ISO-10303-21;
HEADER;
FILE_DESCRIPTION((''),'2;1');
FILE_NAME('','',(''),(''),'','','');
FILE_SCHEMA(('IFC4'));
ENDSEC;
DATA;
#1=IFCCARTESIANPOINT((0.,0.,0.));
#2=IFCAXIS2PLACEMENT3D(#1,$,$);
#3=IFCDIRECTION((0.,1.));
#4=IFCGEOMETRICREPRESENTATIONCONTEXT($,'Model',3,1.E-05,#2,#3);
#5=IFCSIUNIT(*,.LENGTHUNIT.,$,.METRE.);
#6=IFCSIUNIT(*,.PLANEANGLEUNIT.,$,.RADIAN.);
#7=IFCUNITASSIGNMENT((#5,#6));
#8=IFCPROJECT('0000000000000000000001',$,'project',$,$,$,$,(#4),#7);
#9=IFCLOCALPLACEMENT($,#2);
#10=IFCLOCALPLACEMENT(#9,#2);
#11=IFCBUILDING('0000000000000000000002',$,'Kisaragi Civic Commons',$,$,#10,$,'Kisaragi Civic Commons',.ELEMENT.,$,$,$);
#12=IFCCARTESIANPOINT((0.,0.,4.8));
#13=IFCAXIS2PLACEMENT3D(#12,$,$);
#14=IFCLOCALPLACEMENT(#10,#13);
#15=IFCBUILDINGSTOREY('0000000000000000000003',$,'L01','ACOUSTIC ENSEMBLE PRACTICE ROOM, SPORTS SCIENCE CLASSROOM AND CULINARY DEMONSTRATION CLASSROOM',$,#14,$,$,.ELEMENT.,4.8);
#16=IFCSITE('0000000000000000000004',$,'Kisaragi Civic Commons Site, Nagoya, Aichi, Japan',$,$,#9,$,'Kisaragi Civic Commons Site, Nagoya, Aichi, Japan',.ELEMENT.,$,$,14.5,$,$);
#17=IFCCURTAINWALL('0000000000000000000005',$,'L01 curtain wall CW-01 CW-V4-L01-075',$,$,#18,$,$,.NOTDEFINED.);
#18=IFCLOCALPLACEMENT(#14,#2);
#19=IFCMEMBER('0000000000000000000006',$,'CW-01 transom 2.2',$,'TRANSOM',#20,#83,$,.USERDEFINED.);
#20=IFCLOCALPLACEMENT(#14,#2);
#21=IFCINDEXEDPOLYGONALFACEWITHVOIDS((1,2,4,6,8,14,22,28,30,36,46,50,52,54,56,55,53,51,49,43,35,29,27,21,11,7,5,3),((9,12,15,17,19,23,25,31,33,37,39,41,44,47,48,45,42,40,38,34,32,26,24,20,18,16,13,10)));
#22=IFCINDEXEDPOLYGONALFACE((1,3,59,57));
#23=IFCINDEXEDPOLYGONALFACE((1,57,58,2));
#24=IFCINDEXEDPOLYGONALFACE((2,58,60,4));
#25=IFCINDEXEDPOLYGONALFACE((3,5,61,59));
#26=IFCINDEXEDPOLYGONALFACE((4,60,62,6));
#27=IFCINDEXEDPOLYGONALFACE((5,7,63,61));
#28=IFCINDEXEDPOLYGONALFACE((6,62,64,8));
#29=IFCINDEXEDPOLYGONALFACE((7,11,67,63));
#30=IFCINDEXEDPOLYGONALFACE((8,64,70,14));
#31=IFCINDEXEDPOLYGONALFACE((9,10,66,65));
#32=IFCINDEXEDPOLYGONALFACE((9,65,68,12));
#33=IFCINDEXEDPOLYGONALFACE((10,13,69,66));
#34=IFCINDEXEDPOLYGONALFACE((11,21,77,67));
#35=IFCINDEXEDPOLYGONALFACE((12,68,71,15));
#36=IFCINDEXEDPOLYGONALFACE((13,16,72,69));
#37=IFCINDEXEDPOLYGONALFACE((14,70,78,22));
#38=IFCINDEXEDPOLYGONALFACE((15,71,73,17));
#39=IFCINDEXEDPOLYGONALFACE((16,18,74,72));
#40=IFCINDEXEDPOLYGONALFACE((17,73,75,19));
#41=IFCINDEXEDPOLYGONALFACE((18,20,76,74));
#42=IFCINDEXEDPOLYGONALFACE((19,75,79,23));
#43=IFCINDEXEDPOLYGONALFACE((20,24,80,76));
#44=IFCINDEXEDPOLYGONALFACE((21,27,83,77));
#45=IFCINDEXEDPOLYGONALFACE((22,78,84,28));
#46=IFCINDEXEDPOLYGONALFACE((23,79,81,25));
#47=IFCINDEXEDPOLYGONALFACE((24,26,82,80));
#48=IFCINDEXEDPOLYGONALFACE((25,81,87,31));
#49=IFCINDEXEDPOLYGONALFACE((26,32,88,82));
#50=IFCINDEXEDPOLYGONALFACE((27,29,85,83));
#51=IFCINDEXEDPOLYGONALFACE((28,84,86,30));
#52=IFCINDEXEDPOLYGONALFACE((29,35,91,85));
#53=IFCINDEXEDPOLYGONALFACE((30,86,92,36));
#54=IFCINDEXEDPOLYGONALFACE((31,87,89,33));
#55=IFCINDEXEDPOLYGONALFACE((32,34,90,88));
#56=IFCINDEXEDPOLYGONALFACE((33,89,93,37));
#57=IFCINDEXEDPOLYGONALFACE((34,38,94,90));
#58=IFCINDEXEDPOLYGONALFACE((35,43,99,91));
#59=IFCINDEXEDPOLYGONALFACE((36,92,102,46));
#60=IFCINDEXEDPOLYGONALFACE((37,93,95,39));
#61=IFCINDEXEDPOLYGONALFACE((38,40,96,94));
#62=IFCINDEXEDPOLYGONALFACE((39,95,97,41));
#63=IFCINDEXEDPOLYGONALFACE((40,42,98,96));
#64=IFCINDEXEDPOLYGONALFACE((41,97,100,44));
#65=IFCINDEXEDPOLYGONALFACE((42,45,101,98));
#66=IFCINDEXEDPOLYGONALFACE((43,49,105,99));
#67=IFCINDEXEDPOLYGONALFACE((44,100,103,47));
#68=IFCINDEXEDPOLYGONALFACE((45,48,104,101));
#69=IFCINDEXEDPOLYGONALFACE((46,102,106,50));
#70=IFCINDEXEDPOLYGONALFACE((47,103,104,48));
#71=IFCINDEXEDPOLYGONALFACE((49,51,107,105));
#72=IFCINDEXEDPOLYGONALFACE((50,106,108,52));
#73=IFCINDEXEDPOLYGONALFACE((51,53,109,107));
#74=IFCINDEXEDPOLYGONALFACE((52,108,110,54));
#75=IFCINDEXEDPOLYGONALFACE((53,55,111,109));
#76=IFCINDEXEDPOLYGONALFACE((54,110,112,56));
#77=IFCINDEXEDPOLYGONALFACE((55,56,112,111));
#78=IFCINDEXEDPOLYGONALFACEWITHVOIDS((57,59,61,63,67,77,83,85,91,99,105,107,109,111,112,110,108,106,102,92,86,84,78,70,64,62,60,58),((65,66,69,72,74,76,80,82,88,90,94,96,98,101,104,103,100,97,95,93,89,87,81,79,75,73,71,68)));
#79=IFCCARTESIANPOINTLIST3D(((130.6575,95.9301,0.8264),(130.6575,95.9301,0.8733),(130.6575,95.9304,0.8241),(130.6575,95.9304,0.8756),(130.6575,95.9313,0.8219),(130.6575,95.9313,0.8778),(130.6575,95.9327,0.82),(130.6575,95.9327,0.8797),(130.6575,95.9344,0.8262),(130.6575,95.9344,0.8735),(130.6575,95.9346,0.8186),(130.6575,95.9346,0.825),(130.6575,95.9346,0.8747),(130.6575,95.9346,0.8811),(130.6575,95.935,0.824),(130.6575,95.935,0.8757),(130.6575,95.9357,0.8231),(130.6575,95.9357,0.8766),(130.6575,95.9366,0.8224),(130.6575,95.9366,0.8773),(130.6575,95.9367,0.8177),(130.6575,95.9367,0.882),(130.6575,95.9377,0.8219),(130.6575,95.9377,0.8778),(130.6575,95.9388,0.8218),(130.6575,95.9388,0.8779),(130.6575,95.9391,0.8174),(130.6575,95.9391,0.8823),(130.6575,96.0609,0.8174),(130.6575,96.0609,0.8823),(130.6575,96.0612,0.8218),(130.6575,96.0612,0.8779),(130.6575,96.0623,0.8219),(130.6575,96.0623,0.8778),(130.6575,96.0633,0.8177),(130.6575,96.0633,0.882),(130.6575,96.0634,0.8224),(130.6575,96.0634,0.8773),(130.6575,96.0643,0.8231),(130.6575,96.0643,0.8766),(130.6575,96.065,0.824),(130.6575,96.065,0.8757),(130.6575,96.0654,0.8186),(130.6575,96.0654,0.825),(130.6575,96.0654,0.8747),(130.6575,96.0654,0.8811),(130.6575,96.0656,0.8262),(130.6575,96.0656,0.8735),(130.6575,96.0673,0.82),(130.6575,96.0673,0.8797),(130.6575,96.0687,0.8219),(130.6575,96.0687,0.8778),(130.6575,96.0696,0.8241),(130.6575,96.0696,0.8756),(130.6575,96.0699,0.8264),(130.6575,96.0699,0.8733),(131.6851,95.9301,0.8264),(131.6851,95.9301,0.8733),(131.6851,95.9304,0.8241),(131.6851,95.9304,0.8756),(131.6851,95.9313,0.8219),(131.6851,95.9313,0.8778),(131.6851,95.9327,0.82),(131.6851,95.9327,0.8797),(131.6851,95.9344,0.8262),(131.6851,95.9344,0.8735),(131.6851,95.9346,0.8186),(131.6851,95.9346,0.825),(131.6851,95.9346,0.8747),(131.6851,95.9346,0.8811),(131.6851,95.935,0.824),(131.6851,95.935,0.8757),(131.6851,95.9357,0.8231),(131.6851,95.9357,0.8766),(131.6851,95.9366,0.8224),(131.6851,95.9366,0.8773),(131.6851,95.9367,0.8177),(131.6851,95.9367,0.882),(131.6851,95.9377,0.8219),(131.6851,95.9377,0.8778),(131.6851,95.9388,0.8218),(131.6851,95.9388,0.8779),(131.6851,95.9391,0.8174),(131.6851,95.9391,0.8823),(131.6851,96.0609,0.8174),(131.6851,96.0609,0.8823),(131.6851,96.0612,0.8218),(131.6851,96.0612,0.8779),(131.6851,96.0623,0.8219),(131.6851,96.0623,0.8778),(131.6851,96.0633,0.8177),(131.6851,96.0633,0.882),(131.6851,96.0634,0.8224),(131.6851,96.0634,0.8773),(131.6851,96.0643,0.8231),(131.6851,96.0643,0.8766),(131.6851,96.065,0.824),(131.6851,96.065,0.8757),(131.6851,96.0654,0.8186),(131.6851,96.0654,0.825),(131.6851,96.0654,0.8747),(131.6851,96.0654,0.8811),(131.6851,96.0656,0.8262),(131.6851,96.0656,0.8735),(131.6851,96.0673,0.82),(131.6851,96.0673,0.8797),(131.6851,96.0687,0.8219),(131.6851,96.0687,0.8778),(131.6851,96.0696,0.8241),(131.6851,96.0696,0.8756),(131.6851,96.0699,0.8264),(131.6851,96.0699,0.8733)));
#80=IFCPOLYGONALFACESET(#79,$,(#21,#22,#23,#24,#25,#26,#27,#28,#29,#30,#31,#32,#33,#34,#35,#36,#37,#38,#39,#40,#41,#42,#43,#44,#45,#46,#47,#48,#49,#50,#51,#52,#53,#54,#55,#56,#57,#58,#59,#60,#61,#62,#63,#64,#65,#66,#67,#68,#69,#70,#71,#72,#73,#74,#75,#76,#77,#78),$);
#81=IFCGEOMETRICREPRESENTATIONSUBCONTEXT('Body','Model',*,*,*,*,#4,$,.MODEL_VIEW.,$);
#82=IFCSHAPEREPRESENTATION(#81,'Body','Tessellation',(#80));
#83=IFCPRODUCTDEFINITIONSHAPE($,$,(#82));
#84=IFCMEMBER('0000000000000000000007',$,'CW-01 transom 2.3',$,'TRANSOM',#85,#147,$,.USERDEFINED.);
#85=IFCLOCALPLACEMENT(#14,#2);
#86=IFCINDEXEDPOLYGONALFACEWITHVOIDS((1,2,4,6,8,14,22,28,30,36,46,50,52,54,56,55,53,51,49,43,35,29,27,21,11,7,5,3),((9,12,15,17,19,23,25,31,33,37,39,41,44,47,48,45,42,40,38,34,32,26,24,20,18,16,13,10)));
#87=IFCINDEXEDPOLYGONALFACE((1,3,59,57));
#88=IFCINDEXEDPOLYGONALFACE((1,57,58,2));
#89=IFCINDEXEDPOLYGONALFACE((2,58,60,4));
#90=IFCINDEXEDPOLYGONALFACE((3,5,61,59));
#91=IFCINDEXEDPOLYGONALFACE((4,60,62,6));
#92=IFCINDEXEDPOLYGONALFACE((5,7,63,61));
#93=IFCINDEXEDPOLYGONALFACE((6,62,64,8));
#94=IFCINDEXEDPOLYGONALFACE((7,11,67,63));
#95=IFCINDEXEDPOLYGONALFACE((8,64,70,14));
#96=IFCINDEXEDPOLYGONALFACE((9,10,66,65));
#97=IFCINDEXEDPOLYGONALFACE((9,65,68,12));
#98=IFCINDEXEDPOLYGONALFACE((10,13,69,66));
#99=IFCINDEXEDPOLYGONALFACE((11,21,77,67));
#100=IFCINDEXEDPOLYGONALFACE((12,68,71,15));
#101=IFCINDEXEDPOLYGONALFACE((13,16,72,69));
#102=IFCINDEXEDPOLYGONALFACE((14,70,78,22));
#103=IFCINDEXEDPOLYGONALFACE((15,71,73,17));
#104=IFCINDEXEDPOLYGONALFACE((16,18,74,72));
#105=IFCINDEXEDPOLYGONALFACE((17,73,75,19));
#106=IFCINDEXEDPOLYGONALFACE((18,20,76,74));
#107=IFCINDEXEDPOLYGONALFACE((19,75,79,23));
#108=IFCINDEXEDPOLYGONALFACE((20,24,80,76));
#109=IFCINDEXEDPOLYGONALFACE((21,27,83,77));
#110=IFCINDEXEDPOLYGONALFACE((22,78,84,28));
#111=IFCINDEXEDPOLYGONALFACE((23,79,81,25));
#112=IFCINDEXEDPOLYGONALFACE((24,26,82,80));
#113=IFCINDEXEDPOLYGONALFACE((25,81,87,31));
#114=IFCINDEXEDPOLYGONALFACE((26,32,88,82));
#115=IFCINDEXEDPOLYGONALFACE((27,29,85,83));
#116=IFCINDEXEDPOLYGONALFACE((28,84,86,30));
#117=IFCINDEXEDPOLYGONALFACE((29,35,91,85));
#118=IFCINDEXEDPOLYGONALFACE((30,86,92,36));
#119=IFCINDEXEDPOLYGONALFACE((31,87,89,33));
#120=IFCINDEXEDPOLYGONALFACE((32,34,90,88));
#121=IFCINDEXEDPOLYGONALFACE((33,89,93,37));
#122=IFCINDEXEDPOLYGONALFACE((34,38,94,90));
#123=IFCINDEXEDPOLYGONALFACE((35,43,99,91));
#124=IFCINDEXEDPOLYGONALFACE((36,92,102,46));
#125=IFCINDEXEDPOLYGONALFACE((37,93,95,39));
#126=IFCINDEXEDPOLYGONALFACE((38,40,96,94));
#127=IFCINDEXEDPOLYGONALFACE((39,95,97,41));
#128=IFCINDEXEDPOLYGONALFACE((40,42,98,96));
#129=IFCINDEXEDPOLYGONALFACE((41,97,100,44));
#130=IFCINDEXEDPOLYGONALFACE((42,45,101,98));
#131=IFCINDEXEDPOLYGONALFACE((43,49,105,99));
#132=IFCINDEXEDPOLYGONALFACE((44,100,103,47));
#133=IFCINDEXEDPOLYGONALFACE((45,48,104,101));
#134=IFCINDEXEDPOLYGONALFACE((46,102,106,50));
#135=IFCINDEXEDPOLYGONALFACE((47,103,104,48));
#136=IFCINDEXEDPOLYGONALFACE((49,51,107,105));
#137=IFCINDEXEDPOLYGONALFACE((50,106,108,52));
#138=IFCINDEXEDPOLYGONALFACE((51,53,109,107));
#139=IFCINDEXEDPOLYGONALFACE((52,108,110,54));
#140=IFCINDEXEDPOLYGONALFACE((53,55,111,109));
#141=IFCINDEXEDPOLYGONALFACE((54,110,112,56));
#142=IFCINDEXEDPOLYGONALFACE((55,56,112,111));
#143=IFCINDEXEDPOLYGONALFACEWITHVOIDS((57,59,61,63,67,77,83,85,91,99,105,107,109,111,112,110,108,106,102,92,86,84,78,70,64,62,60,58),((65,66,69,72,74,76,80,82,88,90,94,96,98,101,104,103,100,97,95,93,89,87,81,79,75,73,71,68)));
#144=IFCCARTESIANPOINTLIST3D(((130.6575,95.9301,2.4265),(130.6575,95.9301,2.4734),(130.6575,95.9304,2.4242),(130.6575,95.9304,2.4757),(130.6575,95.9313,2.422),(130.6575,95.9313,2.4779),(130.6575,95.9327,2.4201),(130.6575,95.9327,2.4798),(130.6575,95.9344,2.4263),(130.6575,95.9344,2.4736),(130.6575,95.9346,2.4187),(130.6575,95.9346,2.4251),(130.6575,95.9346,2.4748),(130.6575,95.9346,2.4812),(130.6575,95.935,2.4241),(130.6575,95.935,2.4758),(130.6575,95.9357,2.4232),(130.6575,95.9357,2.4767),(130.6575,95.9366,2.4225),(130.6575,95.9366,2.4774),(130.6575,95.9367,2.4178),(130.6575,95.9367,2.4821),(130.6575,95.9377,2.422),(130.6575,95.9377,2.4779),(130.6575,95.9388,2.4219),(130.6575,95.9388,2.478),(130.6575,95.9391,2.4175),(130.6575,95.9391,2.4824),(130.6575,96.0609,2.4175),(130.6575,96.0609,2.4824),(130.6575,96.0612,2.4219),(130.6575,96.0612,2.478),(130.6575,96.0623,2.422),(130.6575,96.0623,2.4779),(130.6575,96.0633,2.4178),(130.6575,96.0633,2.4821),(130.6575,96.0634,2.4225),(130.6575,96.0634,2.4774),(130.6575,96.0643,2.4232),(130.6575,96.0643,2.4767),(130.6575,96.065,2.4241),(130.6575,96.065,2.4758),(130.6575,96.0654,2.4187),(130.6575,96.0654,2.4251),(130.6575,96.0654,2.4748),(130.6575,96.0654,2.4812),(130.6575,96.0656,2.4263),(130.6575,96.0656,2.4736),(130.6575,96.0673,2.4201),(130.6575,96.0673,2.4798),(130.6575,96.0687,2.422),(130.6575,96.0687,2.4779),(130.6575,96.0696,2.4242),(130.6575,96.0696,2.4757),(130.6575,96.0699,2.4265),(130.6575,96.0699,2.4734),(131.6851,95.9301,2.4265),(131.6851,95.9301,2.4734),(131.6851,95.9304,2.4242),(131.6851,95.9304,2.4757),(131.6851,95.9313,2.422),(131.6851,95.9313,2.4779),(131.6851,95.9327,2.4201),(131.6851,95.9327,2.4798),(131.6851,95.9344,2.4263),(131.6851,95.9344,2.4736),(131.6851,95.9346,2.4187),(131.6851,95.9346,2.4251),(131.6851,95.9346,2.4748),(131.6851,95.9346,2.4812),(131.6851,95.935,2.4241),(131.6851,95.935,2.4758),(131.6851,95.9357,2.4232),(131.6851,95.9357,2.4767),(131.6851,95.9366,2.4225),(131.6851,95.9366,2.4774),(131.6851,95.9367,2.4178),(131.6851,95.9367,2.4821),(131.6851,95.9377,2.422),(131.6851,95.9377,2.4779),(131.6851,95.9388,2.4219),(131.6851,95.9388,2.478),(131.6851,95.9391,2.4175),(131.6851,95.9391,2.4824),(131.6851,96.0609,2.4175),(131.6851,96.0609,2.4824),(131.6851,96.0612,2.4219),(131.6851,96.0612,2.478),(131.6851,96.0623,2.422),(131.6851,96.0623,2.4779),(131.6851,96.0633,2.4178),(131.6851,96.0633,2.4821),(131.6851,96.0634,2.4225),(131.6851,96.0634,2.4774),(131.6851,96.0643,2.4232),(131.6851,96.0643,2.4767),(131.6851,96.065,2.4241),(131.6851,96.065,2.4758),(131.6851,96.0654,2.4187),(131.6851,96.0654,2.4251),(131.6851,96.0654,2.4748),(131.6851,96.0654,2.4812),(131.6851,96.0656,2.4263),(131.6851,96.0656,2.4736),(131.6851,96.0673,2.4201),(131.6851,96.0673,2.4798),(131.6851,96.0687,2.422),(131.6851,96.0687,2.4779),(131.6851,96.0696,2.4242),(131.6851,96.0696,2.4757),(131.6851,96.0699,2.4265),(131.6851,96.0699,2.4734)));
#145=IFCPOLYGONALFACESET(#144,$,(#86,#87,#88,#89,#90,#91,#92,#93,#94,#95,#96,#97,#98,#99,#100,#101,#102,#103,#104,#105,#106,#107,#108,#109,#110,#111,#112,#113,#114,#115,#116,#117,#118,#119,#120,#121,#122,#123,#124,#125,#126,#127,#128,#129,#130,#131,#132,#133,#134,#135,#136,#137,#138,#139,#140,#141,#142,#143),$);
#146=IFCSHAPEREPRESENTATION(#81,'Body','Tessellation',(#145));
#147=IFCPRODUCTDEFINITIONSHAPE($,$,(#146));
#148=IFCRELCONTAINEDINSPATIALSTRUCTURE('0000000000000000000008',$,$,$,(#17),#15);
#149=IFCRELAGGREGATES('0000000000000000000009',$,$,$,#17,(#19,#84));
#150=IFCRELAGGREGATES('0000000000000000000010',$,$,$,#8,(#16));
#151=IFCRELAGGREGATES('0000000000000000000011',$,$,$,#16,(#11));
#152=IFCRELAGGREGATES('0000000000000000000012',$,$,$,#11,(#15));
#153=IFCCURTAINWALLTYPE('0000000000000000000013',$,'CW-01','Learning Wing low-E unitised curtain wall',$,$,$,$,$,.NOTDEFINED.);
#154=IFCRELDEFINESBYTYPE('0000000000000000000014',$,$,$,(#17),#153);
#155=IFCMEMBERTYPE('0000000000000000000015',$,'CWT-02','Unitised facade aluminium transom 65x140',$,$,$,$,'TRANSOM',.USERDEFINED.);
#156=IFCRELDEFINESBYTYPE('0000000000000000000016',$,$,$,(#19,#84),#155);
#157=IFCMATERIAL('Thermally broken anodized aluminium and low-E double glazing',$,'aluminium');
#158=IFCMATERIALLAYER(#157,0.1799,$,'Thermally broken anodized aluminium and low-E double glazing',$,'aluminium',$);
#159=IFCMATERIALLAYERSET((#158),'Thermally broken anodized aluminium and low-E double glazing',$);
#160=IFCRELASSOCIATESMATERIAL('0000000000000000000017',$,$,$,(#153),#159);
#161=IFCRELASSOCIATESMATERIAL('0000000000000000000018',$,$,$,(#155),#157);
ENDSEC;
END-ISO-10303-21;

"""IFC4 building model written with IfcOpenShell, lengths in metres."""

from ifc_helpers import new_model, si_unit, direction, frame, origin, origin_2d, place, context, subcontext, project, spatial, hollow_rectangle, extrude, material, layer, layer_set, material_profile, profile_set, type_object, element, aggregate, save


model = new_model("IFC4")

# Units and contexts
model_context = context("Model", 3, precision=1e-05, world=origin(), true_north=direction((0.0, 1.0)))
body_context = subcontext(model_context, "Body", "Model", "MODEL_VIEW")
ifc_project = project(units=[si_unit("LENGTHUNIT", "METRE"), si_unit("PLANEANGLEUNIT", "RADIAN")], contexts=[model_context])

# Site, building, storey
site_placement = place(None, origin())
site = spatial("IfcSite", under=ifc_project, at=site_placement, Name="Kisaragi Civic Commons Site, Nagoya, Aichi, Japan", LongName="Kisaragi Civic Commons Site, Nagoya, Aichi, Japan", CompositionType="ELEMENT", RefElevation=14.5)
building_placement = place(site_placement, origin())
building = spatial("IfcBuilding", under=site, at=building_placement, Name="Kisaragi Civic Commons", LongName="Kisaragi Civic Commons", CompositionType="ELEMENT")
storey_placement = place(building_placement, frame((0.0, 0.0, 4.8)))
storey = spatial("IfcBuildingStorey", under=building, at=storey_placement, Name="L01", Description="ACOUSTIC ENSEMBLE PRACTICE ROOM, SPORTS SCIENCE CLASSROOM AND CULINARY DEMONSTRATION CLASSROOM", CompositionType="ELEMENT", Elevation=4.8)

# Curtain wall, members
ifc_material = material(Name="Thermally broken anodized aluminium and low-E double glazing", Category="aluminium")
ifc_layer_1 = layer(ifc_material, 0.1799, Name="Thermally broken anodized aluminium and low-E double glazing", Category="aluminium")
ifc_layer_set_1 = layer_set([ifc_layer_1], Name="Thermally broken anodized aluminium and low-E double glazing")
curtain_wall_type = type_object("IfcCurtainWallType", Name="CW-01", Description="Learning Wing low-E unitised curtain wall", PredefinedType="NOTDEFINED", material=ifc_layer_set_1)
curtain_wall_placement = place(storey_placement, origin())
curtain_wall = element("IfcCurtainWall", 1, at=curtain_wall_placement, inside=storey, type_object=curtain_wall_type, Name="L01 curtain wall CW-01 CW-V4-L01-075", PredefinedType="NOTDEFINED")
ifc_material_profile_1 = material_profile(ifc_material, hollow_rectangle(XDim=0.1399, YDim=0.0649, WallThickness=0.0044, InnerFilletRadius=0.0044, OuterFilletRadius=0.009, at=origin_2d()), Name="CWT-65x140x4.5", Category="aluminium")
ifc_profile_set_1 = profile_set([ifc_material_profile_1], Name="Thermally broken anodized aluminium and low-E double glazing")
member_type_1 = type_object("IfcMemberType", Name="CWT-02", Description="Unitised facade aluminium transom 65x140", ElementType="TRANSOM", PredefinedType="USERDEFINED", material=ifc_profile_set_1)
member_1_placement = place(storey_placement, frame((131.6851, 96.0, 0.8499), z_axis=(-1.0, 0.0, 0.0), x_axis=(0.0, -1.0, 0.0)))
member_1 = element("IfcMember", 2, at=member_1_placement, type_object=member_type_1, Name="CW-01 transom 2.2", ObjectType="TRANSOM", PredefinedType="USERDEFINED", context=body_context, shape_type="SweptSolid", body=[
    extrude(hollow_rectangle(XDim=0.1399, YDim=0.0649, WallThickness=0.0044, InnerFilletRadius=0.0044, OuterFilletRadius=0.009, at=origin_2d()), origin(), (0.0, 0.0, 1.0), 1.0276),
])
member_2_placement = place(storey_placement, frame((131.6851, 96.0, 2.45), z_axis=(-1.0, 0.0, 0.0), x_axis=(0.0, -1.0, 0.0)))
member_2 = element("IfcMember", 3, at=member_2_placement, type_object=member_type_1, Name="CW-01 transom 2.3", ObjectType="TRANSOM", PredefinedType="USERDEFINED", context=body_context, shape_type="SweptSolid", body=[
    extrude(hollow_rectangle(XDim=0.1399, YDim=0.0649, WallThickness=0.0044, InnerFilletRadius=0.0044, OuterFilletRadius=0.009, at=origin_2d()), origin(), (0.0, 0.0, 1.0), 1.0276),
])
aggregate(curtain_wall, [member_1, member_2])

save(model, "model.ifc")
